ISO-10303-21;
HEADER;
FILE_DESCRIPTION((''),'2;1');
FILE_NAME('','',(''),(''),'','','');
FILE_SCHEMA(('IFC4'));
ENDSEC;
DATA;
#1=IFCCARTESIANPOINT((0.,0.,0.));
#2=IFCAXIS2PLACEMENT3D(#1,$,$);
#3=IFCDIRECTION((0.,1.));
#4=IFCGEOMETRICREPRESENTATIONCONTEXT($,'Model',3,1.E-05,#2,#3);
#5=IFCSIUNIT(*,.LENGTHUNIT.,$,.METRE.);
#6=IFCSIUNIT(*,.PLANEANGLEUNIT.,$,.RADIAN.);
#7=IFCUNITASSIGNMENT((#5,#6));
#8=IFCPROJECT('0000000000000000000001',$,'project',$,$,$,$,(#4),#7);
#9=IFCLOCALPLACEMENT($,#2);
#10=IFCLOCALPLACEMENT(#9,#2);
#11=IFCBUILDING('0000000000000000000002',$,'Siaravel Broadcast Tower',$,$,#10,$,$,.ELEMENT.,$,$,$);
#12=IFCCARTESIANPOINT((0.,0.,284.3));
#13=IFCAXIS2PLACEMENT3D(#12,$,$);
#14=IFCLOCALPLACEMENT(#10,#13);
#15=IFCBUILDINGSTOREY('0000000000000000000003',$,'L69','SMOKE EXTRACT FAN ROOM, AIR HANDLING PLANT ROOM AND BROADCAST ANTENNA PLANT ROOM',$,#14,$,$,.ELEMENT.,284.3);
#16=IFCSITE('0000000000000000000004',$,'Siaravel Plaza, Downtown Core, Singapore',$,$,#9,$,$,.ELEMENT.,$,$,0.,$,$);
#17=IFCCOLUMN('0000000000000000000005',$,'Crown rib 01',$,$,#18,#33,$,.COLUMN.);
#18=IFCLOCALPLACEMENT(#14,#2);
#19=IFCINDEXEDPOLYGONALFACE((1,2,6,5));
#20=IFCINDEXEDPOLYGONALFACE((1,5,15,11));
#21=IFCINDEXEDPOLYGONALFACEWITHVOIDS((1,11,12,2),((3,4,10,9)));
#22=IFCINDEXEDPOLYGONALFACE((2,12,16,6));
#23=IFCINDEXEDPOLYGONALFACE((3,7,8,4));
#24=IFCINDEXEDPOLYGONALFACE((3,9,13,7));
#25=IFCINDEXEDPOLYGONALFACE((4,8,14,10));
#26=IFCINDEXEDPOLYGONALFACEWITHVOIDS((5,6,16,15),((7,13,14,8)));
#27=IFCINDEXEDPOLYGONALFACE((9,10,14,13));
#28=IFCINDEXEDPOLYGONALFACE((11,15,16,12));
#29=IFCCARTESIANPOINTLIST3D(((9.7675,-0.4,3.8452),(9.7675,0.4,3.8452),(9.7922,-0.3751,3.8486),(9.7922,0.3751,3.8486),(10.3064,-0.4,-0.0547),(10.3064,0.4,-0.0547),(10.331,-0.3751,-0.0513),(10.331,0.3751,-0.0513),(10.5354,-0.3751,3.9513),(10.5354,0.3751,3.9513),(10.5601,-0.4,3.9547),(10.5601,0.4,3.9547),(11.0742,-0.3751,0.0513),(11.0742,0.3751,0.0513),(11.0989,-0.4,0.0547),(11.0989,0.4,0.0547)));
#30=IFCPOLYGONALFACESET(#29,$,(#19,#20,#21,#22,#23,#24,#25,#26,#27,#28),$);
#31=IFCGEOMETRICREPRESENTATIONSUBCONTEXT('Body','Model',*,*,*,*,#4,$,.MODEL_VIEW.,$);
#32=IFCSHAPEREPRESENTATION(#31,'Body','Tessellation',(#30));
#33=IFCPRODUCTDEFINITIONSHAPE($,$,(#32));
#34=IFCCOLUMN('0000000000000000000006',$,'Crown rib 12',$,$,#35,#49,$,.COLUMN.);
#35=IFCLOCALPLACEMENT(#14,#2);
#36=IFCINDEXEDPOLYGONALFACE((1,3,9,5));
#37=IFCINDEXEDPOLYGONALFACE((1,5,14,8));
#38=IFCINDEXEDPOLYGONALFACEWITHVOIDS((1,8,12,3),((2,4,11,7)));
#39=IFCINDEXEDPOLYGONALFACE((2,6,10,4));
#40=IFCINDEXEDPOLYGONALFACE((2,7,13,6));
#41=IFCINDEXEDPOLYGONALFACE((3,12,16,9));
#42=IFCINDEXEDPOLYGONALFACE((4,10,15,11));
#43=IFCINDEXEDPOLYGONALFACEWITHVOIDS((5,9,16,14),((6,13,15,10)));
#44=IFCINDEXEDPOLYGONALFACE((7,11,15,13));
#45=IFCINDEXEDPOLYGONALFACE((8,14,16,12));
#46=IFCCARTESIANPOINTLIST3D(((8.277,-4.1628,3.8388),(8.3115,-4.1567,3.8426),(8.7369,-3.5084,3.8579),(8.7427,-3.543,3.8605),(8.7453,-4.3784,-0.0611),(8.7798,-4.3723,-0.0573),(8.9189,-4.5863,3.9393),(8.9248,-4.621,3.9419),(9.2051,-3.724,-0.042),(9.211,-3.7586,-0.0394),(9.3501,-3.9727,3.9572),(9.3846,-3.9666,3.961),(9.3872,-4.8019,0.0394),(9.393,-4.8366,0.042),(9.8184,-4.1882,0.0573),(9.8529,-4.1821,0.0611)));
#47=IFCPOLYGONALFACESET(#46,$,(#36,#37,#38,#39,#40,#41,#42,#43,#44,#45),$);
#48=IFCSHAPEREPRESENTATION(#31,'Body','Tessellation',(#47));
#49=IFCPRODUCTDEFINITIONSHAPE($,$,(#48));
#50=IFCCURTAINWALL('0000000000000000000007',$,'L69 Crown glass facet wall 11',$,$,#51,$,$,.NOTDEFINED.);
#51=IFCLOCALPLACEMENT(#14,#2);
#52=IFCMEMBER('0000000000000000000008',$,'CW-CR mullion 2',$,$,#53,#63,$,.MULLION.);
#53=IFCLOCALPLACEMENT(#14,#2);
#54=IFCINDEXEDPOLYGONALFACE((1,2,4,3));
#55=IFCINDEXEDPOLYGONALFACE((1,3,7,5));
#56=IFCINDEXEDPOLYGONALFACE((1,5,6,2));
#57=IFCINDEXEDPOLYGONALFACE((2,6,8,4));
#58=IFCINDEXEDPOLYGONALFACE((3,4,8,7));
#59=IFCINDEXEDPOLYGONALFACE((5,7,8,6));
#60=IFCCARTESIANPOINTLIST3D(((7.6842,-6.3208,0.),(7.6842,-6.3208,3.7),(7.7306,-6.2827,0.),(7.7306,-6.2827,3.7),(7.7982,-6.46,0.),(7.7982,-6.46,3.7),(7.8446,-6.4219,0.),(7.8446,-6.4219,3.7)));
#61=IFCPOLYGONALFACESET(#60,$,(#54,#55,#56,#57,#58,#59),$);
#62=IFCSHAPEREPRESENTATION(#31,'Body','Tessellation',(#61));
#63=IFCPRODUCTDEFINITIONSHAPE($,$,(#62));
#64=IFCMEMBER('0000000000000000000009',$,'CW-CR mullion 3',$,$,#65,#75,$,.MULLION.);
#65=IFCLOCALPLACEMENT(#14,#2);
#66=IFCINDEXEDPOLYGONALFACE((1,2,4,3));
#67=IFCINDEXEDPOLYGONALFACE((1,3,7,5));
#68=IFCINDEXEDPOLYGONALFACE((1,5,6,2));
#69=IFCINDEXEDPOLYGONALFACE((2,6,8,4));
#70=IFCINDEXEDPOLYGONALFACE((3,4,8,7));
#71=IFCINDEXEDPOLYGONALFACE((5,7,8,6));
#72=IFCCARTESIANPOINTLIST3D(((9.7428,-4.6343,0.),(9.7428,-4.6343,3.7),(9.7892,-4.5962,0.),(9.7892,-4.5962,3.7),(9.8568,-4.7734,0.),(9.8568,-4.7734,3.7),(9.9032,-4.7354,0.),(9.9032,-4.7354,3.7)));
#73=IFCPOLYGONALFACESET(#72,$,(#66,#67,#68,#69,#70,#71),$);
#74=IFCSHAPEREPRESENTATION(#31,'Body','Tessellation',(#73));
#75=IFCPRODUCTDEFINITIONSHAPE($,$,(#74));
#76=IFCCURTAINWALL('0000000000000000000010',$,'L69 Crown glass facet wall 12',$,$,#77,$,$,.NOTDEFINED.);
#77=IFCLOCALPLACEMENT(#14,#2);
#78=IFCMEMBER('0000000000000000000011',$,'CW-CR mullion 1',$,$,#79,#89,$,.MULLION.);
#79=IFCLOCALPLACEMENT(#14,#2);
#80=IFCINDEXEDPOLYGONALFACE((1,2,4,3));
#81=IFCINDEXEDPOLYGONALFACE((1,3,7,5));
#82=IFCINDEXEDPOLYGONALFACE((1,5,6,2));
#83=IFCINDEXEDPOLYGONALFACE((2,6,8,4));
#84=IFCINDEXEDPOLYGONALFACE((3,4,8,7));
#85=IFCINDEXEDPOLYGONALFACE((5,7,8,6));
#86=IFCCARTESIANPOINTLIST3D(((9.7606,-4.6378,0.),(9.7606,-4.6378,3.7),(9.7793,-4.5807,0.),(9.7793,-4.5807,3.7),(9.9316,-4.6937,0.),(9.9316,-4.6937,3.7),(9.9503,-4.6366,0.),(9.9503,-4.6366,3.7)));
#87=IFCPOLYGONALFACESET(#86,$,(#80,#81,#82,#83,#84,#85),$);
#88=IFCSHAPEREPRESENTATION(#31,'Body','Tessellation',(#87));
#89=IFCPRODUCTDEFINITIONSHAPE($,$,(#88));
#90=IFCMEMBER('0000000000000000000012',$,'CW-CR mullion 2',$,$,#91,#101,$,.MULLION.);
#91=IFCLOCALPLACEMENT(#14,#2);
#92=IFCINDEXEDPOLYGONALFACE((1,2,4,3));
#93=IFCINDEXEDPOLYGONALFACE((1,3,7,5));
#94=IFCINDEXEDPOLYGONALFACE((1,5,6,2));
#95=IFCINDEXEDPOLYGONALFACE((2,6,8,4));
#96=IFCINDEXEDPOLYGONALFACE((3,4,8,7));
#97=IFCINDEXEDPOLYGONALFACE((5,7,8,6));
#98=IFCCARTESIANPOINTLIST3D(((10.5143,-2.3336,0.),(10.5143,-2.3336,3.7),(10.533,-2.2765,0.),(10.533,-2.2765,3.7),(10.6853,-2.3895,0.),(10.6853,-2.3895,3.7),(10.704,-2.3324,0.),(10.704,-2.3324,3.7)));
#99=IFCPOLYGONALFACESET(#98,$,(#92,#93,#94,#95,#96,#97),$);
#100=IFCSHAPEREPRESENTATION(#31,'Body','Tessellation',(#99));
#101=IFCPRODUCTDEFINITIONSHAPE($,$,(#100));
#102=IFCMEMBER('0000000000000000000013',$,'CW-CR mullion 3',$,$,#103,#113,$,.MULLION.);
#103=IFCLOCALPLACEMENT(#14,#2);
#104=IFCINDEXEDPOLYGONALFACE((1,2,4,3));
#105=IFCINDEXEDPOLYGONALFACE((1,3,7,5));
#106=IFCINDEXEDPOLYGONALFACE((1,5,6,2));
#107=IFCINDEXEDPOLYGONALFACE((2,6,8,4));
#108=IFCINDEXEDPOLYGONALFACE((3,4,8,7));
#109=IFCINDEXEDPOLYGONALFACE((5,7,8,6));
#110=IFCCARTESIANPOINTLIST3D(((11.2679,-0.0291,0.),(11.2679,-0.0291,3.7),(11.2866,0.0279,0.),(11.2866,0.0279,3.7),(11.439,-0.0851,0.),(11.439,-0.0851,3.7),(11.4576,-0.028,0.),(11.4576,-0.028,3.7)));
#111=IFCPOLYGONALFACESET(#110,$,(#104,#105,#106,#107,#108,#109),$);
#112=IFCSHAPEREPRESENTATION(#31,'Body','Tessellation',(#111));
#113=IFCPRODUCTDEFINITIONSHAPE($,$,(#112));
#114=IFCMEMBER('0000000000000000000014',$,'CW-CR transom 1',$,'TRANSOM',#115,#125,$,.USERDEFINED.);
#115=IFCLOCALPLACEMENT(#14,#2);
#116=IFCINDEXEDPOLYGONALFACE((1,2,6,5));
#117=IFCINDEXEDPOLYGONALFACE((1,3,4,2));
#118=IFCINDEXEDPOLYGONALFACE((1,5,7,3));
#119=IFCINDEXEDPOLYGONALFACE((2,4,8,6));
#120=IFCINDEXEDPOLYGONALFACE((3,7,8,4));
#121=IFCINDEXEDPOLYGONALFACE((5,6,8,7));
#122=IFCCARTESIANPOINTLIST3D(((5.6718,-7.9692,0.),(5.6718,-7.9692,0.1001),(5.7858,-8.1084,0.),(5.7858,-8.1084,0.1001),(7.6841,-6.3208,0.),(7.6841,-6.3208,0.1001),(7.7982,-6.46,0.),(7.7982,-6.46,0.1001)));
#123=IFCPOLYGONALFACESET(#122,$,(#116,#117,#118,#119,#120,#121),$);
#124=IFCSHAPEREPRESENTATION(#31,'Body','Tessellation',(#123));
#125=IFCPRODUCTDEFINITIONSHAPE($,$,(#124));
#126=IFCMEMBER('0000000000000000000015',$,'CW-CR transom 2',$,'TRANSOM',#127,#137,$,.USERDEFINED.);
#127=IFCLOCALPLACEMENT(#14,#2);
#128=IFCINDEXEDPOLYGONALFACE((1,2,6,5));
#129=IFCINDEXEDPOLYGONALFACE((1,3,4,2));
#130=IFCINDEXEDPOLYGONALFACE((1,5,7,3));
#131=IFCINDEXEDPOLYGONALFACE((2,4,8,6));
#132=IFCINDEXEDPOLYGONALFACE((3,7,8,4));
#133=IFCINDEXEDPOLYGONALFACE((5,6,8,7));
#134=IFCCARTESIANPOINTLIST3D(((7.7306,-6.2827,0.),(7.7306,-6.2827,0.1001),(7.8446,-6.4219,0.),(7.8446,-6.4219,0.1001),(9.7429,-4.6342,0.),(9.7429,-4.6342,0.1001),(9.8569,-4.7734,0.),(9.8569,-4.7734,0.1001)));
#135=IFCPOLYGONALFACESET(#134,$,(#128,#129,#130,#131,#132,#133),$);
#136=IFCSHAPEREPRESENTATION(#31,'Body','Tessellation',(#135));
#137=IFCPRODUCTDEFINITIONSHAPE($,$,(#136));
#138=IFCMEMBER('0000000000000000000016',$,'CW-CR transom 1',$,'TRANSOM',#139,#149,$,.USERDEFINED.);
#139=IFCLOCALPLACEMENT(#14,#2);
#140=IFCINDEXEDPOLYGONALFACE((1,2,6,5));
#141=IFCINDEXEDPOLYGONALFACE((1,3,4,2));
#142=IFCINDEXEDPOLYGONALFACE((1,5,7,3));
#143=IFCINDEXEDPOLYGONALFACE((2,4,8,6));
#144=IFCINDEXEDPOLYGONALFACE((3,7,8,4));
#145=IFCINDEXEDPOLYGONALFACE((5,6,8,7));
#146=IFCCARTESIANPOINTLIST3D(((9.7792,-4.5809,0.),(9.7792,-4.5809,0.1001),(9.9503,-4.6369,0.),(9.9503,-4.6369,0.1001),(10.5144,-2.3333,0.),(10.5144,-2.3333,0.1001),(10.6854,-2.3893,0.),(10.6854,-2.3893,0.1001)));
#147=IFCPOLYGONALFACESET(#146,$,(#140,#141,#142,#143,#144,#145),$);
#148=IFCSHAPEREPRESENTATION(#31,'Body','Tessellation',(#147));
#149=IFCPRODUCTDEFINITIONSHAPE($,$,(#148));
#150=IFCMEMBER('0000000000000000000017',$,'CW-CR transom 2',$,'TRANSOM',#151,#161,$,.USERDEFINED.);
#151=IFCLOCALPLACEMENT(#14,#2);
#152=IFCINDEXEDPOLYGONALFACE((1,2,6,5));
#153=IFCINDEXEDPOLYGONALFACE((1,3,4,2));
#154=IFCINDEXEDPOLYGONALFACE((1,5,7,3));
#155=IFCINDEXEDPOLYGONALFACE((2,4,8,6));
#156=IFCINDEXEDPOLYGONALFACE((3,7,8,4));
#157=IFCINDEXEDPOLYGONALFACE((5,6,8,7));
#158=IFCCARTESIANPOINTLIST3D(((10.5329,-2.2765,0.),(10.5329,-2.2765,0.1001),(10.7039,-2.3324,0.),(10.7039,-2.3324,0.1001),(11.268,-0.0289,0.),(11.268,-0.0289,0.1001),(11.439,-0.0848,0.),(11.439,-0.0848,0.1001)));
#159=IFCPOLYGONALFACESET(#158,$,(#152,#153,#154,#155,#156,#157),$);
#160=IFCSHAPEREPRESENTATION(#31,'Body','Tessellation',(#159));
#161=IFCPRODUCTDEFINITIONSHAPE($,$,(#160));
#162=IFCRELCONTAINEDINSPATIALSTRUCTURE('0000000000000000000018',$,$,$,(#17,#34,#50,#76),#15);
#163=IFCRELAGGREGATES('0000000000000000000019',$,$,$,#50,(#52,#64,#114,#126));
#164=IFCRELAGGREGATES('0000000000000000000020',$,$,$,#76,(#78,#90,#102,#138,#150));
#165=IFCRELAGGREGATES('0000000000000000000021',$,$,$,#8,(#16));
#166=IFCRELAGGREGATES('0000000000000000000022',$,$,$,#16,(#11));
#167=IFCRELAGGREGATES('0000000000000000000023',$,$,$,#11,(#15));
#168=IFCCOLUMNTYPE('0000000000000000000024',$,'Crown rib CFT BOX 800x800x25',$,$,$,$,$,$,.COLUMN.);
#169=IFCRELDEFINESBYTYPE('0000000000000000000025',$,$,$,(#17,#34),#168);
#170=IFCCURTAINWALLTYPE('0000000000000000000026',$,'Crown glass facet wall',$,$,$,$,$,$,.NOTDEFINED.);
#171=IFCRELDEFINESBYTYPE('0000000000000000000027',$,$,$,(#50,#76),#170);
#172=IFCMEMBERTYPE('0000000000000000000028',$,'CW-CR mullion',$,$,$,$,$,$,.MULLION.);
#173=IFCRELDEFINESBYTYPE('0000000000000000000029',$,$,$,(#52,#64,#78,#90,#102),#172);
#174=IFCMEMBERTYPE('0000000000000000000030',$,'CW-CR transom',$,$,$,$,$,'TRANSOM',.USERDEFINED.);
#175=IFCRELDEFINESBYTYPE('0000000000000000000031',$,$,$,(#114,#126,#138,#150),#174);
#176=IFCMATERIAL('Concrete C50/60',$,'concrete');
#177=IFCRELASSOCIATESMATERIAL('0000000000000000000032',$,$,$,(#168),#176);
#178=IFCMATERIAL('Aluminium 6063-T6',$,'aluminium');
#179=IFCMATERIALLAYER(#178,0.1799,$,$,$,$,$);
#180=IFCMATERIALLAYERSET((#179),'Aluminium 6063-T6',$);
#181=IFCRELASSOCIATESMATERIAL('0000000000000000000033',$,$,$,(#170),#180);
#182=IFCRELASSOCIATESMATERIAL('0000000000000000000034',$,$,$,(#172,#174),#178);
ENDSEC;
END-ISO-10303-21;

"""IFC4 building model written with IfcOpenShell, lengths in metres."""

from ifc_helpers import new_model, si_unit, direction, frame, origin, origin_2d, place, context, subcontext, project, spatial, rectangle, hollow_rectangle, extrude, material, layer, layer_set, material_profile, profile_set, type_object, element, aggregate, save


model = new_model("IFC4")

# Units and contexts
model_context = context("Model", 3, precision=1e-05, world=origin(), true_north=direction((0.0, 1.0)))
body_context = subcontext(model_context, "Body", "Model", "MODEL_VIEW")
ifc_project = project(units=[si_unit("LENGTHUNIT", "METRE"), si_unit("PLANEANGLEUNIT", "RADIAN")], contexts=[model_context])

# Site, building, storey
site_placement = place(None, origin())
site = spatial("IfcSite", under=ifc_project, at=site_placement, Name="Siaravel Plaza, Downtown Core, Singapore", CompositionType="ELEMENT", RefElevation=0.0)
building_placement = place(site_placement, origin())
building = spatial("IfcBuilding", under=site, at=building_placement, Name="Siaravel Broadcast Tower", CompositionType="ELEMENT")
storey_placement = place(building_placement, frame((0.0, 0.0, 284.3)))
storey = spatial("IfcBuildingStorey", under=building, at=storey_placement, Name="L69", Description="SMOKE EXTRACT FAN ROOM, AIR HANDLING PLANT ROOM AND BROADCAST ANTENNA PLANT ROOM", CompositionType="ELEMENT", Elevation=284.3)

# Columns
ifc_material_1 = material(Name="Concrete C50/60", Category="concrete")
ifc_material_profile_1 = material_profile(ifc_material_1, hollow_rectangle(XDim=0.8, YDim=0.8, WallThickness=0.0249, at=origin_2d()))
ifc_profile_set_1 = profile_set([ifc_material_profile_1], Name="Concrete C50/60")
column_type = type_object("IfcColumnType", Name="Crown rib CFT BOX 800x800x25", PredefinedType="COLUMN", material=ifc_profile_set_1)
column_1_placement = place(storey_placement, frame((10.7026, 0.0, 0.0), z_axis=(-0.136862, 0.0, 0.99059), x_axis=(0.0, -1.0, 0.0)))
element("IfcColumn", 1, at=column_1_placement, inside=storey, type_object=column_type, Name="Crown rib 01", PredefinedType="COLUMN", context=body_context, shape_type="SweptSolid", body=[
    extrude(hollow_rectangle(XDim=0.8, YDim=0.8, WallThickness=0.0249, at=origin_2d()), origin(), (0.0, 0.0, 1.0), 3.937),
])
column_2_placement = place(storey_placement, frame((9.2991, -4.2803, 0.0), z_axis=(-0.119035, 0.054801, 0.991377), x_axis=(-0.574756, -0.817979, -0.023795)))
element("IfcColumn", 2, at=column_2_placement, inside=storey, type_object=column_type, Name="Crown rib 12", PredefinedType="COLUMN", context=body_context, shape_type="SweptSolid", body=[
    extrude(hollow_rectangle(XDim=0.8, YDim=0.8, WallThickness=0.0249, at=origin_2d()), origin(), (0.0, 0.0, 1.0), 3.9338),
])

# Curtain walls, members
ifc_material_2 = material(Name="Aluminium 6063-T6", Category="aluminium")
ifc_layer_1 = layer(ifc_material_2, 0.1799)
ifc_layer_set_1 = layer_set([ifc_layer_1], Name="Aluminium 6063-T6")
curtain_wall_type = type_object("IfcCurtainWallType", Name="Crown glass facet wall", PredefinedType="NOTDEFINED", material=ifc_layer_set_1)
curtain_wall_1_placement = place(storey_placement, origin())
curtain_wall_1 = element("IfcCurtainWall", 3, at=curtain_wall_1_placement, inside=storey, type_object=curtain_wall_type, Name="L69 Crown glass facet wall 11", PredefinedType="NOTDEFINED")
ifc_material_profile_2 = material_profile(ifc_material_2, rectangle(XDim=0.1799, YDim=0.0601, at=origin_2d()))
ifc_profile_set_2 = profile_set([ifc_material_profile_2], Name="Aluminium 6063-T6")
member_type_1 = type_object("IfcMemberType", Name="CW-CR mullion", PredefinedType="MULLION", material=ifc_profile_set_2)
member_1_placement = place(storey_placement, frame((7.7644, -6.3713, 0.0), z_axis=(0.0, 0.0, 1.0), x_axis=(-0.633718, 0.773564, 0.0)))
member_1 = element("IfcMember", 4, at=member_1_placement, type_object=member_type_1, Name="CW-CR mullion 2", PredefinedType="MULLION", context=body_context, shape_type="SweptSolid", body=[
    extrude(rectangle(XDim=0.1799, YDim=0.0601, at=origin_2d()), origin(), (0.0, 0.0, 1.0), 3.7),
])
member_2_placement = place(storey_placement, frame((9.823, -4.6848, 0.0), z_axis=(0.0, 0.0, 1.0), x_axis=(-0.633718, 0.773564, 0.0)))
member_2 = element("IfcMember", 5, at=member_2_placement, type_object=member_type_1, Name="CW-CR mullion 3", PredefinedType="MULLION", context=body_context, shape_type="SweptSolid", body=[
    extrude(rectangle(XDim=0.1799, YDim=0.0601, at=origin_2d()), origin(), (0.0, 0.0, 1.0), 3.7),
])
curtain_wall_2_placement = place(storey_placement, origin())
curtain_wall_2 = element("IfcCurtainWall", 6, at=curtain_wall_2_placement, inside=storey, type_object=curtain_wall_type, Name="L69 Crown glass facet wall 12", PredefinedType="NOTDEFINED")
member_3_placement = place(storey_placement, frame((9.8555, -4.6372, 0.0), z_axis=(0.0, 0.0, 1.0), x_axis=(-0.950457, 0.310855, 0.0)))
member_3 = element("IfcMember", 7, at=member_3_placement, type_object=member_type_1, Name="CW-CR mullion 1", PredefinedType="MULLION", context=body_context, shape_type="SweptSolid", body=[
    extrude(rectangle(XDim=0.1799, YDim=0.0601, at=origin_2d()), origin(), (0.0, 0.0, 1.0), 3.7),
])
member_4_placement = place(storey_placement, frame((10.6091, -2.333, 0.0), z_axis=(0.0, 0.0, 1.0), x_axis=(-0.950457, 0.310855, 0.0)))
member_4 = element("IfcMember", 8, at=member_4_placement, type_object=member_type_1, Name="CW-CR mullion 2", PredefinedType="MULLION", context=body_context, shape_type="SweptSolid", body=[
    extrude(rectangle(XDim=0.1799, YDim=0.0601, at=origin_2d()), origin(), (0.0, 0.0, 1.0), 3.7),
])
member_5_placement = place(storey_placement, frame((11.3628, -0.0286, 0.0), z_axis=(0.0, 0.0, 1.0), x_axis=(-0.950457, 0.310855, 0.0)))
member_5 = element("IfcMember", 9, at=member_5_placement, type_object=member_type_1, Name="CW-CR mullion 3", PredefinedType="MULLION", context=body_context, shape_type="SweptSolid", body=[
    extrude(rectangle(XDim=0.1799, YDim=0.0601, at=origin_2d()), origin(), (0.0, 0.0, 1.0), 3.7),
])

# Members
ifc_material_profile_3 = material_profile(ifc_material_2, rectangle(XDim=0.1799, YDim=0.1001, at=origin_2d()))
ifc_profile_set_3 = profile_set([ifc_material_profile_3], Name="Aluminium 6063-T6")
member_type_2 = type_object("IfcMemberType", Name="CW-CR transom", ElementType="TRANSOM", PredefinedType="USERDEFINED", material=ifc_profile_set_3)
member_6_placement = place(storey_placement, frame((5.7288, -8.0388, 0.05), z_axis=(0.773602, 0.633672, 0.0), x_axis=(-0.633672, 0.773602, 0.0)))
member_6 = element("IfcMember", 10, at=member_6_placement, type_object=member_type_2, Name="CW-CR transom 1", ObjectType="TRANSOM", PredefinedType="USERDEFINED", context=body_context, shape_type="SweptSolid", body=[
    extrude(rectangle(XDim=0.1799, YDim=0.1001, at=origin_2d()), origin(), (0.0, 0.0, 1.0), 2.6013),
])
member_7_placement = place(storey_placement, frame((7.7876, -6.3523, 0.05), z_axis=(0.773564, 0.633718, 0.0), x_axis=(-0.633718, 0.773564, 0.0)))
member_7 = element("IfcMember", 11, at=member_7_placement, type_object=member_type_2, Name="CW-CR transom 2", ObjectType="TRANSOM", PredefinedType="USERDEFINED", context=body_context, shape_type="SweptSolid", body=[
    extrude(rectangle(XDim=0.1799, YDim=0.1001, at=origin_2d()), origin(), (0.0, 0.0, 1.0), 2.6013),
])
member_8_placement = place(storey_placement, frame((9.8647, -4.6089, 0.05), z_axis=(0.310864, 0.950454, 0.0), x_axis=(-0.950454, 0.310864, 0.0)))
member_8 = element("IfcMember", 12, at=member_8_placement, type_object=member_type_2, Name="CW-CR transom 1", ObjectType="TRANSOM", PredefinedType="USERDEFINED", context=body_context, shape_type="SweptSolid", body=[
    extrude(rectangle(XDim=0.1799, YDim=0.1001, at=origin_2d()), origin(), (0.0, 0.0, 1.0), 2.3647),
])
member_9_placement = place(storey_placement, frame((10.6184, -2.3044, 0.05), z_axis=(0.310864, 0.950454, 0.0), x_axis=(-0.950454, 0.310864, 0.0)))
member_9 = element("IfcMember", 13, at=member_9_placement, type_object=member_type_2, Name="CW-CR transom 2", ObjectType="TRANSOM", PredefinedType="USERDEFINED", context=body_context, shape_type="SweptSolid", body=[
    extrude(rectangle(XDim=0.1799, YDim=0.1001, at=origin_2d()), origin(), (0.0, 0.0, 1.0), 2.3647),
])

aggregate(curtain_wall_1, [member_1, member_2, member_6, member_7])
aggregate(curtain_wall_2, [member_3, member_4, member_5, member_8, member_9])

save(model, "model.ifc")
